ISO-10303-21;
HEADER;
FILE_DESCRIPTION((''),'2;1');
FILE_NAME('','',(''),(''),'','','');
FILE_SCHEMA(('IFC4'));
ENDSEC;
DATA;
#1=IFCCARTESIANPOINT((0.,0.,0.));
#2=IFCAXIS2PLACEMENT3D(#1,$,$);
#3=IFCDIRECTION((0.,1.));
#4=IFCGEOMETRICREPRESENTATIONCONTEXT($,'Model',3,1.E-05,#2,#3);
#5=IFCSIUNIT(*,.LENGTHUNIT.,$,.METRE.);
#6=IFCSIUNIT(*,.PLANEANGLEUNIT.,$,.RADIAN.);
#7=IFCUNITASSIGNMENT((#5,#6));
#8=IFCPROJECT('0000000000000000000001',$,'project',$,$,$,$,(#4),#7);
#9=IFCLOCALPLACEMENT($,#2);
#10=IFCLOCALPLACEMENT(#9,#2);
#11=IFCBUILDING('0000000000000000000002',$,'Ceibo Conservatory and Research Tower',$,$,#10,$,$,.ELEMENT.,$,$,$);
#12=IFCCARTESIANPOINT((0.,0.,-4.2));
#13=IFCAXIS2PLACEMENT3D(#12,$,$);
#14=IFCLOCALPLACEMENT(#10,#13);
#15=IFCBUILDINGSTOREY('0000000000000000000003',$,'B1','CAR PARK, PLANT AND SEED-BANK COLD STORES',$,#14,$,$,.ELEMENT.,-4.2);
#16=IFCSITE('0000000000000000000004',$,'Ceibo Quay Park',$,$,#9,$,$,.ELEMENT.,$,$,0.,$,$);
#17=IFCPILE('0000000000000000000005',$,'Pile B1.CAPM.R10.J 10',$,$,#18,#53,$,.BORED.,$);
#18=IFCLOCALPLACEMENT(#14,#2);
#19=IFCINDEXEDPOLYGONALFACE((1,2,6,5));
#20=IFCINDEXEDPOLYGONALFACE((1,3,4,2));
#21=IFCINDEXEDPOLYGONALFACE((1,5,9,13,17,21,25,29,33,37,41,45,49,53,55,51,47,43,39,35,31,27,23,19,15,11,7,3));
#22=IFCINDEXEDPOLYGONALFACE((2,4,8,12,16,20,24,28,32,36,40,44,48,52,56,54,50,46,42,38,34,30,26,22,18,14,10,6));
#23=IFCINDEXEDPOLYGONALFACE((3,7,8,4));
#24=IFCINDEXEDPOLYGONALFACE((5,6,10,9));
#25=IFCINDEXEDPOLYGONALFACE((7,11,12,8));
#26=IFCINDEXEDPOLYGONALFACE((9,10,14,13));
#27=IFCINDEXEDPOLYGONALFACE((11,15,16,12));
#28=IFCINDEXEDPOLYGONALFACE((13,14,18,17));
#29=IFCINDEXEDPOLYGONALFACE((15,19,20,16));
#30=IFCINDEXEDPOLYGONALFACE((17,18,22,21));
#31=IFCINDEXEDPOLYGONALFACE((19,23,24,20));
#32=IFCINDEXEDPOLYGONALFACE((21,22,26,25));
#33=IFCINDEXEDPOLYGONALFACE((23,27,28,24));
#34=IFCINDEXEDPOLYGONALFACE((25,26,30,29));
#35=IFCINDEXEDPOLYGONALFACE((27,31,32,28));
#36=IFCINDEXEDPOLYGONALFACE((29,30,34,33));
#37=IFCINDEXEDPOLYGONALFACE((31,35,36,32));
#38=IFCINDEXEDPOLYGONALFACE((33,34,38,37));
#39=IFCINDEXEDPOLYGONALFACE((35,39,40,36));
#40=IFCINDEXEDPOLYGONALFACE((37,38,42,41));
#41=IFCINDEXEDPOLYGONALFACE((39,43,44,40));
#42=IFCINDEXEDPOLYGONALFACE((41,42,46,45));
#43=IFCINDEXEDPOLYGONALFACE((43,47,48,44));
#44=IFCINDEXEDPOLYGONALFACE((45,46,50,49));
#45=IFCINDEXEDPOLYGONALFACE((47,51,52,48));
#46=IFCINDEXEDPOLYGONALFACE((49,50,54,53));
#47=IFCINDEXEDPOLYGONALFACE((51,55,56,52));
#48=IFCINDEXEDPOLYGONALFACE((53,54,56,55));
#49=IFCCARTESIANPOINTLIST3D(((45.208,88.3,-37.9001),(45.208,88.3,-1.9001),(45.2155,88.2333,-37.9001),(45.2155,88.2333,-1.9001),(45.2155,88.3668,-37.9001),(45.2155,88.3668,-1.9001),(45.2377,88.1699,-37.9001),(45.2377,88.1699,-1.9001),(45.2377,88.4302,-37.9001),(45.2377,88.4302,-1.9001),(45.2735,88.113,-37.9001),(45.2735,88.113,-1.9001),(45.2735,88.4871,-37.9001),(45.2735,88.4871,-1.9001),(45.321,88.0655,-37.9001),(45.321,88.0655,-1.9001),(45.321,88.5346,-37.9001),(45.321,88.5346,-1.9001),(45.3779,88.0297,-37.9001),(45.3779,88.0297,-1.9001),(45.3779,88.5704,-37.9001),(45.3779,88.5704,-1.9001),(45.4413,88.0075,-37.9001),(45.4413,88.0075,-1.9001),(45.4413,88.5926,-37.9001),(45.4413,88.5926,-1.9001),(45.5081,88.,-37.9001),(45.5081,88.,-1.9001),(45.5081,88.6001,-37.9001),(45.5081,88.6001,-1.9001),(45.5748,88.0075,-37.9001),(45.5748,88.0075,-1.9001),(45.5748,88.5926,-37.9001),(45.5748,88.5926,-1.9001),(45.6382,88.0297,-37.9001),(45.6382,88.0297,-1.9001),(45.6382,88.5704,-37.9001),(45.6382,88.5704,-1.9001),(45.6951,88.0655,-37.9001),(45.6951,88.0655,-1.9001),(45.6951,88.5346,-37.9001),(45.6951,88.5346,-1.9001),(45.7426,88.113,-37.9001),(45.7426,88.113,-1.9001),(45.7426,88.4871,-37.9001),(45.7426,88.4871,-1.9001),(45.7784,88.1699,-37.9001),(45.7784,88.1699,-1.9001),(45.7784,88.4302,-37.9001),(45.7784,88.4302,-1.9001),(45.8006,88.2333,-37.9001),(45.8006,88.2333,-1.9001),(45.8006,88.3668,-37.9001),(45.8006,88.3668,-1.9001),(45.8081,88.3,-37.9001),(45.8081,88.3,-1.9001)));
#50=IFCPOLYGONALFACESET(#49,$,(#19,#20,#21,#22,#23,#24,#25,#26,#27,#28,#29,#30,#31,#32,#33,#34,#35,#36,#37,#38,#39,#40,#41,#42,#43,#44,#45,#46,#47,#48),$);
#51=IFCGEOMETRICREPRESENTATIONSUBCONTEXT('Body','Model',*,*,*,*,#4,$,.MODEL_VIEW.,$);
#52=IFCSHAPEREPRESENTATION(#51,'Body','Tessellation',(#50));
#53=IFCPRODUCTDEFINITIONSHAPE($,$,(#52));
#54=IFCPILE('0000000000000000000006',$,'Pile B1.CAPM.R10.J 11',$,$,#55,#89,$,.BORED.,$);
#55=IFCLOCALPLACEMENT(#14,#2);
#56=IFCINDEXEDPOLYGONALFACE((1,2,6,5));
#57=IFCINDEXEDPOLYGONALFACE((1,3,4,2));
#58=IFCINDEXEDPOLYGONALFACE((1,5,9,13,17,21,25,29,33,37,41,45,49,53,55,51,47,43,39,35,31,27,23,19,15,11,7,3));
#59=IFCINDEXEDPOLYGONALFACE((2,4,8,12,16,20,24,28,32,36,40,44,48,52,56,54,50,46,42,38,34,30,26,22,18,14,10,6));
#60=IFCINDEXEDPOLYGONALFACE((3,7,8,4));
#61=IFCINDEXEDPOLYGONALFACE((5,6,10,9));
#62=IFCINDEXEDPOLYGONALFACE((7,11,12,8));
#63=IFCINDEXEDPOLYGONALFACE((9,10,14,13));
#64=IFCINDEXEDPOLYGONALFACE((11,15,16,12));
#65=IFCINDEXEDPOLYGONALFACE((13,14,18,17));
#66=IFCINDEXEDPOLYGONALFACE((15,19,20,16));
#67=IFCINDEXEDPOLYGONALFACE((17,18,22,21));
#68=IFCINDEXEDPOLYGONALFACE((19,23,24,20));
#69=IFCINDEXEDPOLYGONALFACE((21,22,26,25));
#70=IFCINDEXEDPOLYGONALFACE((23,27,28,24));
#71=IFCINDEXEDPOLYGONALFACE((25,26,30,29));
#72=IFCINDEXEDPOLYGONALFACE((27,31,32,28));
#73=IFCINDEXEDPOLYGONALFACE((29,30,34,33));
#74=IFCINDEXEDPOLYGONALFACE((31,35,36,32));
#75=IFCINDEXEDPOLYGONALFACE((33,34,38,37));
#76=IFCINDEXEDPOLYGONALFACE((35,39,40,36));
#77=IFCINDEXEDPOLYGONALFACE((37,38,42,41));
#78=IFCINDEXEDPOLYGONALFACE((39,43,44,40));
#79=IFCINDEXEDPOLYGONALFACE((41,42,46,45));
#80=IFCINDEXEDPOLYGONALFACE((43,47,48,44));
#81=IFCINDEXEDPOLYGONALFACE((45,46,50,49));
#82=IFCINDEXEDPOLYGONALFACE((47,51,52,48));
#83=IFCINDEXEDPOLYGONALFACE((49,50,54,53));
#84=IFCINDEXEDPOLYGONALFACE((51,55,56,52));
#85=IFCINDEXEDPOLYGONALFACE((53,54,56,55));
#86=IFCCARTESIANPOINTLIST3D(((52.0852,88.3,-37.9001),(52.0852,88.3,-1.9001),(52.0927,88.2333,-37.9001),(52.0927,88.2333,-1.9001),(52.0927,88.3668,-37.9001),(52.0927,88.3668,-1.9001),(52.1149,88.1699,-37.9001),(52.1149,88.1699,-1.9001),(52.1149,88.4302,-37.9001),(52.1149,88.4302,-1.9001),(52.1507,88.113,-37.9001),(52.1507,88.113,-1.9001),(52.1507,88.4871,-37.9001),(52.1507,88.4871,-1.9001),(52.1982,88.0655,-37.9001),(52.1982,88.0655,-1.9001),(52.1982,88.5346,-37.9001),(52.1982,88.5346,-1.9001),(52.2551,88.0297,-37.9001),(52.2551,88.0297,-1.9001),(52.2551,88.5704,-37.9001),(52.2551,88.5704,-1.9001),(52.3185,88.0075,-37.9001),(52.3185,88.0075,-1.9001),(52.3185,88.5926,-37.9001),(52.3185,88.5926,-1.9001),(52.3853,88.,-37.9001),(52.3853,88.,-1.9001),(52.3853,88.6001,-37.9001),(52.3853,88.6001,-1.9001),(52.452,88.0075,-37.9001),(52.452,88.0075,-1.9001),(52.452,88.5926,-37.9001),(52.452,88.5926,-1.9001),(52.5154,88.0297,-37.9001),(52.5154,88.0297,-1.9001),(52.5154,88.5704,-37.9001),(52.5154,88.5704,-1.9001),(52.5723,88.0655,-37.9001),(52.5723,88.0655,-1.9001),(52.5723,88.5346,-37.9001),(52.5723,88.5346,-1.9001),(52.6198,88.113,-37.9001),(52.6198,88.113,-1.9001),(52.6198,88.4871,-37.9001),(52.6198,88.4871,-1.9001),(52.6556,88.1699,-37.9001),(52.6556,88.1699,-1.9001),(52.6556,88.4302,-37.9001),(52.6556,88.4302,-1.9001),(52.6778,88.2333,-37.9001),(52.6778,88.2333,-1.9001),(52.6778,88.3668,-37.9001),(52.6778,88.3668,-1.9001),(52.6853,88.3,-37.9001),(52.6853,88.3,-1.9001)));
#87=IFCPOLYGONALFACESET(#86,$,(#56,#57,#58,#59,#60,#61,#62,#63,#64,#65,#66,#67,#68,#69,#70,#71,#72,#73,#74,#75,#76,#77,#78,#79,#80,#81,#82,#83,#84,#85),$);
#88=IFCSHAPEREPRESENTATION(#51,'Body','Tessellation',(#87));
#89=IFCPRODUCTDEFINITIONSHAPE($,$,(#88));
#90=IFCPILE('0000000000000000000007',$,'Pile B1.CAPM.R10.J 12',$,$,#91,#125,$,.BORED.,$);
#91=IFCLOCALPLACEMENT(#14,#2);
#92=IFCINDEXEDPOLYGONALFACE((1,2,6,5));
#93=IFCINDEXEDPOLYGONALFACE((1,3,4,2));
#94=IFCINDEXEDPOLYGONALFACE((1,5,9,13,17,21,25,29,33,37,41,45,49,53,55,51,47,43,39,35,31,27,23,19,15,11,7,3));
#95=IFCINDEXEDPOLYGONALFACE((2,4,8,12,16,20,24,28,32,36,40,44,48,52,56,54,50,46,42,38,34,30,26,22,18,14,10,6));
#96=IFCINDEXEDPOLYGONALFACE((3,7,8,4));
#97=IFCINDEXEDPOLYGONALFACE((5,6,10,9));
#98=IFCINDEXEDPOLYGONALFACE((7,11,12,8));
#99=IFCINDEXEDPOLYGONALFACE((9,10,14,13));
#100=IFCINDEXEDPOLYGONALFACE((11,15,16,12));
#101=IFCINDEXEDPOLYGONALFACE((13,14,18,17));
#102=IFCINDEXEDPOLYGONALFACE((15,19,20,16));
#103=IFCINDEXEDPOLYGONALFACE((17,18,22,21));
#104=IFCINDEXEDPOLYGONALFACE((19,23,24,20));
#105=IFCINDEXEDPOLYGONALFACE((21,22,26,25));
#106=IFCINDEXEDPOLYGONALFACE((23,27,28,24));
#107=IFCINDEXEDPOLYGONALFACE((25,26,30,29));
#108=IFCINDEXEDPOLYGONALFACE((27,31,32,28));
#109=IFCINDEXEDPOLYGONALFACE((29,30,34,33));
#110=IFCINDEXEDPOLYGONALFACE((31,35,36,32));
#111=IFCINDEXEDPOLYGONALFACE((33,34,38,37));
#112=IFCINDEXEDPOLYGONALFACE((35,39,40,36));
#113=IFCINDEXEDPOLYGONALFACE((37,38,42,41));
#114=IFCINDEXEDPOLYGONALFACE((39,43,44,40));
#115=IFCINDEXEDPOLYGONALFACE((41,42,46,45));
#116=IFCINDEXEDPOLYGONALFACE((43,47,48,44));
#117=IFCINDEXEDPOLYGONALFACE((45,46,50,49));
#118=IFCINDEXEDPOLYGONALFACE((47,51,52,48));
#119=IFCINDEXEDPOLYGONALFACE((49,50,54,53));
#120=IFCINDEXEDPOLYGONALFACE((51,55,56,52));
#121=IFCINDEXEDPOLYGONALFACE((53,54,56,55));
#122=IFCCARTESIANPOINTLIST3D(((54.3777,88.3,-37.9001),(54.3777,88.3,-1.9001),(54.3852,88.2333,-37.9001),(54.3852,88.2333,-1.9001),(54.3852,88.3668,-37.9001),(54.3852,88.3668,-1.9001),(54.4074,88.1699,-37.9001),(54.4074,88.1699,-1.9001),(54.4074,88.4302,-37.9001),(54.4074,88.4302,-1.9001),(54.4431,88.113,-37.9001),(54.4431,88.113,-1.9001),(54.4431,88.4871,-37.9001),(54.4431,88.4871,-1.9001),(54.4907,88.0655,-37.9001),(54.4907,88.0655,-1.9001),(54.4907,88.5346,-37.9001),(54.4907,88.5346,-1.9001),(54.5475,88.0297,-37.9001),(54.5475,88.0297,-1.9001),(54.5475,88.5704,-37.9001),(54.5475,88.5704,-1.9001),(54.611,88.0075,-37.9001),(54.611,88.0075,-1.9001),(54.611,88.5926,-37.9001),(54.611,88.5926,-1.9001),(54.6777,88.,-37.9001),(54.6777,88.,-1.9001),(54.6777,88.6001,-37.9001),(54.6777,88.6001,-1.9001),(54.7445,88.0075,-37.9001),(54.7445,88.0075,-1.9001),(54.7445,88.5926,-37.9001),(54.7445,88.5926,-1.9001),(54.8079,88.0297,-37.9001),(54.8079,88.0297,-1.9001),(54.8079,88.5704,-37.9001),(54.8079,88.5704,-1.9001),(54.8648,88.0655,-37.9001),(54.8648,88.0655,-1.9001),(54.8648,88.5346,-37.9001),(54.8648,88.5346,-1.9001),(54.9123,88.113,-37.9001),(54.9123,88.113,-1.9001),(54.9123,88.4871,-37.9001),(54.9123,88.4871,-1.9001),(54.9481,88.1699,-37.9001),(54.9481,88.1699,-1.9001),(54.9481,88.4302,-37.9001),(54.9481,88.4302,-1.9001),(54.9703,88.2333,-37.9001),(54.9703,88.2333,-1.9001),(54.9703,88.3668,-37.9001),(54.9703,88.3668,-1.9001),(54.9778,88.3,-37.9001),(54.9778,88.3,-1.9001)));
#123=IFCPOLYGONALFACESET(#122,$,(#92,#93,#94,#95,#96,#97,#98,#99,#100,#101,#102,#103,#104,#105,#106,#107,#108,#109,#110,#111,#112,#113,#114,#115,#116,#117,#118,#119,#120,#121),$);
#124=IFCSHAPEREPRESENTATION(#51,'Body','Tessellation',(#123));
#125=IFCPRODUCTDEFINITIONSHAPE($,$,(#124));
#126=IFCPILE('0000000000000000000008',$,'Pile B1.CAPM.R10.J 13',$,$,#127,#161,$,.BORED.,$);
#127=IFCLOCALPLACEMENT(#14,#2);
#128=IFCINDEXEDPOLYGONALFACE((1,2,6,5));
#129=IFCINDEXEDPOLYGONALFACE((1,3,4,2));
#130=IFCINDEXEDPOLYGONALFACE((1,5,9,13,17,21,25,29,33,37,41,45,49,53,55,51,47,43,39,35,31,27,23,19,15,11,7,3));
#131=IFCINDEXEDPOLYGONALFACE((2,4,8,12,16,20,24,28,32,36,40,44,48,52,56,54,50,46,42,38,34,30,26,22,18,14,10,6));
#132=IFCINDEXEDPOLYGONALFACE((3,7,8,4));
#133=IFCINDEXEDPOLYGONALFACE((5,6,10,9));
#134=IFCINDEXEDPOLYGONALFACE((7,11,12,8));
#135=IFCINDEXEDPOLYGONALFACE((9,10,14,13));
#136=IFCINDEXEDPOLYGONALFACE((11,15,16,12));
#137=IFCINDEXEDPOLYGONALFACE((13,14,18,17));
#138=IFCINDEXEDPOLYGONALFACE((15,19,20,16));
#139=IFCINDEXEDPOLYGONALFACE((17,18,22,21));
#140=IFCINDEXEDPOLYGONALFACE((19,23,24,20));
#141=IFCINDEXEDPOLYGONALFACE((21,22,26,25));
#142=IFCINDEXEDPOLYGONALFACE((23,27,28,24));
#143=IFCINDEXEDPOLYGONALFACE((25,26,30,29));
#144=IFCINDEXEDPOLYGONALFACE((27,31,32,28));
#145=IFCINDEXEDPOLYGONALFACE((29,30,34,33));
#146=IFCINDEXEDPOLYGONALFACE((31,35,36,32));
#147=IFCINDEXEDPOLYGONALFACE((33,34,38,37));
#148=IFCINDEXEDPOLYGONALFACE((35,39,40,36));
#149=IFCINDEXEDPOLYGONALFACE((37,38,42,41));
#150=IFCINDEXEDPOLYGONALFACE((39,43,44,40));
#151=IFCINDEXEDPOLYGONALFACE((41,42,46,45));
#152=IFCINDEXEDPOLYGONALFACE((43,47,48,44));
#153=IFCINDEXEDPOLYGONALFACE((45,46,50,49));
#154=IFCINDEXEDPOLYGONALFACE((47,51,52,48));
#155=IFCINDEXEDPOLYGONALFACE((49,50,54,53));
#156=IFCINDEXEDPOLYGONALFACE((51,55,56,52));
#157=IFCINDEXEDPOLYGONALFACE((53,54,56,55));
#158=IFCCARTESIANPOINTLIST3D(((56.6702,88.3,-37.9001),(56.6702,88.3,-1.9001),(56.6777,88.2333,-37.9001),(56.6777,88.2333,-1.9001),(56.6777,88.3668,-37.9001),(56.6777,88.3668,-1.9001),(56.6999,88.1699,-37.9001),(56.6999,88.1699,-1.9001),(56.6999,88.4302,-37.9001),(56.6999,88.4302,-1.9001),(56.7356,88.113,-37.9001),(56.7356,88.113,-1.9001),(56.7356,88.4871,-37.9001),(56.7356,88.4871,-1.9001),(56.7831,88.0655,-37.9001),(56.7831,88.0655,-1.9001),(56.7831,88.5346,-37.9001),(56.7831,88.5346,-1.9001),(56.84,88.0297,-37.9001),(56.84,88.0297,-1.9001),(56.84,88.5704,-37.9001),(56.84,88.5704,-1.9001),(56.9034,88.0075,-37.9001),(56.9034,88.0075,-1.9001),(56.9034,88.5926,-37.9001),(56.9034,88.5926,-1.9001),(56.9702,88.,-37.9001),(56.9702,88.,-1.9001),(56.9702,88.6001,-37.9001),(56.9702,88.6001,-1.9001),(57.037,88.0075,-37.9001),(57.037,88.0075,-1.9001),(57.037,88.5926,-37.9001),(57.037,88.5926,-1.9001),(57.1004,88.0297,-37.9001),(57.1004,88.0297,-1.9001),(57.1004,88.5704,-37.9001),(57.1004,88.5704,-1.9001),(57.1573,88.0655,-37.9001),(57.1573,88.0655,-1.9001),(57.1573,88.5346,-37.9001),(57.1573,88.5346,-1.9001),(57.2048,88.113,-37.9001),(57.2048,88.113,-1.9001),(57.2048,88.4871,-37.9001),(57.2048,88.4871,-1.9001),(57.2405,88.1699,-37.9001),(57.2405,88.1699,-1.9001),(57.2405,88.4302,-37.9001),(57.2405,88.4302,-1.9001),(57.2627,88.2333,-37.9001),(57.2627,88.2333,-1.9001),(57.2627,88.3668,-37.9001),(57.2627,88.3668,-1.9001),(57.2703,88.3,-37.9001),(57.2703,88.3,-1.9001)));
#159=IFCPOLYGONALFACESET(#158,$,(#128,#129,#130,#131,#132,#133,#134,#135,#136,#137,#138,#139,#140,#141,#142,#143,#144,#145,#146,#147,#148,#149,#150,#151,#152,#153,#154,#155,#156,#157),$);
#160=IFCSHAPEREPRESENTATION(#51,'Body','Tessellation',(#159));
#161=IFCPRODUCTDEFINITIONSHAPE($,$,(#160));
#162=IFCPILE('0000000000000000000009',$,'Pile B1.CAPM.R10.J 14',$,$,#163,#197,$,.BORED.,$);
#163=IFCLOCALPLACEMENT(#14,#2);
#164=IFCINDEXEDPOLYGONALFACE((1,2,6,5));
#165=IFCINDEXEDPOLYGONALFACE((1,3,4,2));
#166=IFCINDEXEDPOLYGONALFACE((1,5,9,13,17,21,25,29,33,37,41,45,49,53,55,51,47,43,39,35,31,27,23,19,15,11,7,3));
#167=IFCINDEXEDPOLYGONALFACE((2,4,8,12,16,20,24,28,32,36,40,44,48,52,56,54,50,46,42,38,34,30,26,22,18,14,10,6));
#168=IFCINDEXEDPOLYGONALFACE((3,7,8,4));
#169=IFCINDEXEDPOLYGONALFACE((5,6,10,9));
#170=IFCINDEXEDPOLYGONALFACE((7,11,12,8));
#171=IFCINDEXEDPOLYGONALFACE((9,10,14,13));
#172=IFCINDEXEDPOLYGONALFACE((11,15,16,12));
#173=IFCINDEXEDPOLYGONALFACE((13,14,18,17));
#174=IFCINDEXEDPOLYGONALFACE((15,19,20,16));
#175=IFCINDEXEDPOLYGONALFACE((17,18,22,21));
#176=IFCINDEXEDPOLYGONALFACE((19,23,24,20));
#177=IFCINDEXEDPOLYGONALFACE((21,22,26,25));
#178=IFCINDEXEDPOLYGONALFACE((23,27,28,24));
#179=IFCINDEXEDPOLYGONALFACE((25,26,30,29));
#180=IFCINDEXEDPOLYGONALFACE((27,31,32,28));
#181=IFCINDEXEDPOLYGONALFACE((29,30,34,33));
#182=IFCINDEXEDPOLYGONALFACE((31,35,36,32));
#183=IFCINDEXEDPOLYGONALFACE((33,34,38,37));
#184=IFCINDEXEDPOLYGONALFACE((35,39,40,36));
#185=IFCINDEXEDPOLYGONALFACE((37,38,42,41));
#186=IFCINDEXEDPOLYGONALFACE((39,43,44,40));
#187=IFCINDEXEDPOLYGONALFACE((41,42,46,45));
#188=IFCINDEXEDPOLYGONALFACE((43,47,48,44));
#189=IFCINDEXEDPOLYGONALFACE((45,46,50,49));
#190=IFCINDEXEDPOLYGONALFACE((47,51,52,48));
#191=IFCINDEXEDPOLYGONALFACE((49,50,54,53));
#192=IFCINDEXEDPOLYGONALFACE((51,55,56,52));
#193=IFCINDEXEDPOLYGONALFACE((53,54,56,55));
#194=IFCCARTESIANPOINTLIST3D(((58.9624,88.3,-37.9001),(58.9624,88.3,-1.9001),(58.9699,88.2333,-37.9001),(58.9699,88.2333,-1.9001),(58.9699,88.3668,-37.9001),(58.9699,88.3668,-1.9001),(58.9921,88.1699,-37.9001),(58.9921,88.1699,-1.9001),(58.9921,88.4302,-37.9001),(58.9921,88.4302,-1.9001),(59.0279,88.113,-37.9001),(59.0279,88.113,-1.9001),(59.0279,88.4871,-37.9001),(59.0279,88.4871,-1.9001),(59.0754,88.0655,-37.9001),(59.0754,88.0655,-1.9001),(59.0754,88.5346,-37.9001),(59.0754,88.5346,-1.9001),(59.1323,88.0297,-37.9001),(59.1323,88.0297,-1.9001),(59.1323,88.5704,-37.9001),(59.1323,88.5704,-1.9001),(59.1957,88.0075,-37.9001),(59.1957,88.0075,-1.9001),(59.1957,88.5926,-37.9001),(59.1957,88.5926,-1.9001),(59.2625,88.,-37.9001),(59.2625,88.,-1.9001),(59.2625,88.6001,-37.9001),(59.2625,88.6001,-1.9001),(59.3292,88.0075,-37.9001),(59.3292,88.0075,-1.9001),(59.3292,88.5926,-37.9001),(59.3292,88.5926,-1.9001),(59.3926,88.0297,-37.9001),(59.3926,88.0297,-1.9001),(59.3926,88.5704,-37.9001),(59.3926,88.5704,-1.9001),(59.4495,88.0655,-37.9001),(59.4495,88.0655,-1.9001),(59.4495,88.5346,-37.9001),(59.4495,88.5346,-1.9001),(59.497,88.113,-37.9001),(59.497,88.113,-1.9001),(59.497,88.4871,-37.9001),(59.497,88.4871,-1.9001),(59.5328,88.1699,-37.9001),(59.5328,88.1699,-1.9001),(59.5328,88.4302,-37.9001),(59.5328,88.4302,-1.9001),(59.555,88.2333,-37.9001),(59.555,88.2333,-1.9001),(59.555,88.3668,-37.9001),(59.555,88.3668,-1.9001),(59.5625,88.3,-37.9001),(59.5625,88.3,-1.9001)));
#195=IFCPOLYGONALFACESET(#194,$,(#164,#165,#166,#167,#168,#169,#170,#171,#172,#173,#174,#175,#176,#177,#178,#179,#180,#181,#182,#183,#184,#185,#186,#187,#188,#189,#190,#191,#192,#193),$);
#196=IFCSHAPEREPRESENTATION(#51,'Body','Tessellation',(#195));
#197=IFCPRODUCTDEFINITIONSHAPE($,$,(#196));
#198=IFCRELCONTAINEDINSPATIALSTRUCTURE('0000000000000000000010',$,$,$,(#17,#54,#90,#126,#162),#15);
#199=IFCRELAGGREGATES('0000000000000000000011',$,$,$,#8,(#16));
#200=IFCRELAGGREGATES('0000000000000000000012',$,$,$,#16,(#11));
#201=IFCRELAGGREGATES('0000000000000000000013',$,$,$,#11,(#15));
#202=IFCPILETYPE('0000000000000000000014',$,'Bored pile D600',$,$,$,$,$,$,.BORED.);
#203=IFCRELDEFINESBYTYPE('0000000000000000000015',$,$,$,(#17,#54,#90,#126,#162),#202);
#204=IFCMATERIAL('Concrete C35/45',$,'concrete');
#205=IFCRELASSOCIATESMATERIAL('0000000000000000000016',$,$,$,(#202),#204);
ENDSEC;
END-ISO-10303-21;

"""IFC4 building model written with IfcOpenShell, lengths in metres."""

from ifc_helpers import new_model, si_unit, direction, frame, origin, origin_2d, place, context, subcontext, project, spatial, circle, extrude, material, material_profile, profile_set, type_object, element, save


model = new_model("IFC4")

# Units and contexts
model_context = context("Model", 3, precision=1e-05, world=origin(), true_north=direction((0.0, 1.0)))
body_context = subcontext(model_context, "Body", "Model", "MODEL_VIEW")
ifc_project = project(units=[si_unit("LENGTHUNIT", "METRE"), si_unit("PLANEANGLEUNIT", "RADIAN")], contexts=[model_context])

# Site, building, storey
site_placement = place(None, origin())
site = spatial("IfcSite", under=ifc_project, at=site_placement, Name="Ceibo Quay Park", CompositionType="ELEMENT", RefElevation=0.0)
building_placement = place(site_placement, origin())
building = spatial("IfcBuilding", under=site, at=building_placement, Name="Ceibo Conservatory and Research Tower", CompositionType="ELEMENT")
storey_placement = place(building_placement, frame((0.0, 0.0, -4.2)))
storey = spatial("IfcBuildingStorey", under=building, at=storey_placement, Name="B1", Description="CAR PARK, PLANT AND SEED-BANK COLD STORES", CompositionType="ELEMENT", Elevation=-4.2)

# Piles
ifc_material_1 = material(Name="Concrete C35/45", Category="concrete")
ifc_material_profile_1 = material_profile(ifc_material_1, circle(Radius=0.3, at=origin_2d()), Name="RC D600")
ifc_profile_set_1 = profile_set([ifc_material_profile_1], Name="Concrete C35/45")
pile_type_1 = type_object("IfcPileType", Name="Bored pile D600", PredefinedType="BORED", material=ifc_profile_set_1)
for number, where, z_axis, x_axis, name in (
    (1, (45.5081, 88.3, -1.9001), (0.0, 0.0, -1.0), (1.0, 0.0, 0.0), "Pile B1.CAPM.R10.J 10"),
    (2, (52.3853, 88.3, -1.9001), (0.0, 0.0, -1.0), (1.0, 0.0, 0.0), "Pile B1.CAPM.R10.J 11"),
    (3, (54.6777, 88.3, -1.9001), (0.0, 0.0, -1.0), (1.0, 0.0, 0.0), "Pile B1.CAPM.R10.J 12"),
    (4, (56.9702, 88.3, -1.9001), (0.0, 0.0, -1.0), (1.0, 0.0, 0.0), "Pile B1.CAPM.R10.J 13"),
    (5, (59.2625, 88.3, -1.9001), (0.0, 0.0, -1.0), (1.0, 0.0, 0.0), "Pile B1.CAPM.R10.J 14"),
):
    element("IfcPile", number, at=place(storey_placement, frame(where, z_axis=z_axis, x_axis=x_axis)), inside=storey, type_object=pile_type_1, Name=name, PredefinedType="BORED", context=body_context, shape_type="SweptSolid", body=[
        extrude(circle(Radius=0.3, at=origin_2d()), origin(), (0.0, 0.0, 1.0), 36.0),
    ])

save(model, "model.ifc")
